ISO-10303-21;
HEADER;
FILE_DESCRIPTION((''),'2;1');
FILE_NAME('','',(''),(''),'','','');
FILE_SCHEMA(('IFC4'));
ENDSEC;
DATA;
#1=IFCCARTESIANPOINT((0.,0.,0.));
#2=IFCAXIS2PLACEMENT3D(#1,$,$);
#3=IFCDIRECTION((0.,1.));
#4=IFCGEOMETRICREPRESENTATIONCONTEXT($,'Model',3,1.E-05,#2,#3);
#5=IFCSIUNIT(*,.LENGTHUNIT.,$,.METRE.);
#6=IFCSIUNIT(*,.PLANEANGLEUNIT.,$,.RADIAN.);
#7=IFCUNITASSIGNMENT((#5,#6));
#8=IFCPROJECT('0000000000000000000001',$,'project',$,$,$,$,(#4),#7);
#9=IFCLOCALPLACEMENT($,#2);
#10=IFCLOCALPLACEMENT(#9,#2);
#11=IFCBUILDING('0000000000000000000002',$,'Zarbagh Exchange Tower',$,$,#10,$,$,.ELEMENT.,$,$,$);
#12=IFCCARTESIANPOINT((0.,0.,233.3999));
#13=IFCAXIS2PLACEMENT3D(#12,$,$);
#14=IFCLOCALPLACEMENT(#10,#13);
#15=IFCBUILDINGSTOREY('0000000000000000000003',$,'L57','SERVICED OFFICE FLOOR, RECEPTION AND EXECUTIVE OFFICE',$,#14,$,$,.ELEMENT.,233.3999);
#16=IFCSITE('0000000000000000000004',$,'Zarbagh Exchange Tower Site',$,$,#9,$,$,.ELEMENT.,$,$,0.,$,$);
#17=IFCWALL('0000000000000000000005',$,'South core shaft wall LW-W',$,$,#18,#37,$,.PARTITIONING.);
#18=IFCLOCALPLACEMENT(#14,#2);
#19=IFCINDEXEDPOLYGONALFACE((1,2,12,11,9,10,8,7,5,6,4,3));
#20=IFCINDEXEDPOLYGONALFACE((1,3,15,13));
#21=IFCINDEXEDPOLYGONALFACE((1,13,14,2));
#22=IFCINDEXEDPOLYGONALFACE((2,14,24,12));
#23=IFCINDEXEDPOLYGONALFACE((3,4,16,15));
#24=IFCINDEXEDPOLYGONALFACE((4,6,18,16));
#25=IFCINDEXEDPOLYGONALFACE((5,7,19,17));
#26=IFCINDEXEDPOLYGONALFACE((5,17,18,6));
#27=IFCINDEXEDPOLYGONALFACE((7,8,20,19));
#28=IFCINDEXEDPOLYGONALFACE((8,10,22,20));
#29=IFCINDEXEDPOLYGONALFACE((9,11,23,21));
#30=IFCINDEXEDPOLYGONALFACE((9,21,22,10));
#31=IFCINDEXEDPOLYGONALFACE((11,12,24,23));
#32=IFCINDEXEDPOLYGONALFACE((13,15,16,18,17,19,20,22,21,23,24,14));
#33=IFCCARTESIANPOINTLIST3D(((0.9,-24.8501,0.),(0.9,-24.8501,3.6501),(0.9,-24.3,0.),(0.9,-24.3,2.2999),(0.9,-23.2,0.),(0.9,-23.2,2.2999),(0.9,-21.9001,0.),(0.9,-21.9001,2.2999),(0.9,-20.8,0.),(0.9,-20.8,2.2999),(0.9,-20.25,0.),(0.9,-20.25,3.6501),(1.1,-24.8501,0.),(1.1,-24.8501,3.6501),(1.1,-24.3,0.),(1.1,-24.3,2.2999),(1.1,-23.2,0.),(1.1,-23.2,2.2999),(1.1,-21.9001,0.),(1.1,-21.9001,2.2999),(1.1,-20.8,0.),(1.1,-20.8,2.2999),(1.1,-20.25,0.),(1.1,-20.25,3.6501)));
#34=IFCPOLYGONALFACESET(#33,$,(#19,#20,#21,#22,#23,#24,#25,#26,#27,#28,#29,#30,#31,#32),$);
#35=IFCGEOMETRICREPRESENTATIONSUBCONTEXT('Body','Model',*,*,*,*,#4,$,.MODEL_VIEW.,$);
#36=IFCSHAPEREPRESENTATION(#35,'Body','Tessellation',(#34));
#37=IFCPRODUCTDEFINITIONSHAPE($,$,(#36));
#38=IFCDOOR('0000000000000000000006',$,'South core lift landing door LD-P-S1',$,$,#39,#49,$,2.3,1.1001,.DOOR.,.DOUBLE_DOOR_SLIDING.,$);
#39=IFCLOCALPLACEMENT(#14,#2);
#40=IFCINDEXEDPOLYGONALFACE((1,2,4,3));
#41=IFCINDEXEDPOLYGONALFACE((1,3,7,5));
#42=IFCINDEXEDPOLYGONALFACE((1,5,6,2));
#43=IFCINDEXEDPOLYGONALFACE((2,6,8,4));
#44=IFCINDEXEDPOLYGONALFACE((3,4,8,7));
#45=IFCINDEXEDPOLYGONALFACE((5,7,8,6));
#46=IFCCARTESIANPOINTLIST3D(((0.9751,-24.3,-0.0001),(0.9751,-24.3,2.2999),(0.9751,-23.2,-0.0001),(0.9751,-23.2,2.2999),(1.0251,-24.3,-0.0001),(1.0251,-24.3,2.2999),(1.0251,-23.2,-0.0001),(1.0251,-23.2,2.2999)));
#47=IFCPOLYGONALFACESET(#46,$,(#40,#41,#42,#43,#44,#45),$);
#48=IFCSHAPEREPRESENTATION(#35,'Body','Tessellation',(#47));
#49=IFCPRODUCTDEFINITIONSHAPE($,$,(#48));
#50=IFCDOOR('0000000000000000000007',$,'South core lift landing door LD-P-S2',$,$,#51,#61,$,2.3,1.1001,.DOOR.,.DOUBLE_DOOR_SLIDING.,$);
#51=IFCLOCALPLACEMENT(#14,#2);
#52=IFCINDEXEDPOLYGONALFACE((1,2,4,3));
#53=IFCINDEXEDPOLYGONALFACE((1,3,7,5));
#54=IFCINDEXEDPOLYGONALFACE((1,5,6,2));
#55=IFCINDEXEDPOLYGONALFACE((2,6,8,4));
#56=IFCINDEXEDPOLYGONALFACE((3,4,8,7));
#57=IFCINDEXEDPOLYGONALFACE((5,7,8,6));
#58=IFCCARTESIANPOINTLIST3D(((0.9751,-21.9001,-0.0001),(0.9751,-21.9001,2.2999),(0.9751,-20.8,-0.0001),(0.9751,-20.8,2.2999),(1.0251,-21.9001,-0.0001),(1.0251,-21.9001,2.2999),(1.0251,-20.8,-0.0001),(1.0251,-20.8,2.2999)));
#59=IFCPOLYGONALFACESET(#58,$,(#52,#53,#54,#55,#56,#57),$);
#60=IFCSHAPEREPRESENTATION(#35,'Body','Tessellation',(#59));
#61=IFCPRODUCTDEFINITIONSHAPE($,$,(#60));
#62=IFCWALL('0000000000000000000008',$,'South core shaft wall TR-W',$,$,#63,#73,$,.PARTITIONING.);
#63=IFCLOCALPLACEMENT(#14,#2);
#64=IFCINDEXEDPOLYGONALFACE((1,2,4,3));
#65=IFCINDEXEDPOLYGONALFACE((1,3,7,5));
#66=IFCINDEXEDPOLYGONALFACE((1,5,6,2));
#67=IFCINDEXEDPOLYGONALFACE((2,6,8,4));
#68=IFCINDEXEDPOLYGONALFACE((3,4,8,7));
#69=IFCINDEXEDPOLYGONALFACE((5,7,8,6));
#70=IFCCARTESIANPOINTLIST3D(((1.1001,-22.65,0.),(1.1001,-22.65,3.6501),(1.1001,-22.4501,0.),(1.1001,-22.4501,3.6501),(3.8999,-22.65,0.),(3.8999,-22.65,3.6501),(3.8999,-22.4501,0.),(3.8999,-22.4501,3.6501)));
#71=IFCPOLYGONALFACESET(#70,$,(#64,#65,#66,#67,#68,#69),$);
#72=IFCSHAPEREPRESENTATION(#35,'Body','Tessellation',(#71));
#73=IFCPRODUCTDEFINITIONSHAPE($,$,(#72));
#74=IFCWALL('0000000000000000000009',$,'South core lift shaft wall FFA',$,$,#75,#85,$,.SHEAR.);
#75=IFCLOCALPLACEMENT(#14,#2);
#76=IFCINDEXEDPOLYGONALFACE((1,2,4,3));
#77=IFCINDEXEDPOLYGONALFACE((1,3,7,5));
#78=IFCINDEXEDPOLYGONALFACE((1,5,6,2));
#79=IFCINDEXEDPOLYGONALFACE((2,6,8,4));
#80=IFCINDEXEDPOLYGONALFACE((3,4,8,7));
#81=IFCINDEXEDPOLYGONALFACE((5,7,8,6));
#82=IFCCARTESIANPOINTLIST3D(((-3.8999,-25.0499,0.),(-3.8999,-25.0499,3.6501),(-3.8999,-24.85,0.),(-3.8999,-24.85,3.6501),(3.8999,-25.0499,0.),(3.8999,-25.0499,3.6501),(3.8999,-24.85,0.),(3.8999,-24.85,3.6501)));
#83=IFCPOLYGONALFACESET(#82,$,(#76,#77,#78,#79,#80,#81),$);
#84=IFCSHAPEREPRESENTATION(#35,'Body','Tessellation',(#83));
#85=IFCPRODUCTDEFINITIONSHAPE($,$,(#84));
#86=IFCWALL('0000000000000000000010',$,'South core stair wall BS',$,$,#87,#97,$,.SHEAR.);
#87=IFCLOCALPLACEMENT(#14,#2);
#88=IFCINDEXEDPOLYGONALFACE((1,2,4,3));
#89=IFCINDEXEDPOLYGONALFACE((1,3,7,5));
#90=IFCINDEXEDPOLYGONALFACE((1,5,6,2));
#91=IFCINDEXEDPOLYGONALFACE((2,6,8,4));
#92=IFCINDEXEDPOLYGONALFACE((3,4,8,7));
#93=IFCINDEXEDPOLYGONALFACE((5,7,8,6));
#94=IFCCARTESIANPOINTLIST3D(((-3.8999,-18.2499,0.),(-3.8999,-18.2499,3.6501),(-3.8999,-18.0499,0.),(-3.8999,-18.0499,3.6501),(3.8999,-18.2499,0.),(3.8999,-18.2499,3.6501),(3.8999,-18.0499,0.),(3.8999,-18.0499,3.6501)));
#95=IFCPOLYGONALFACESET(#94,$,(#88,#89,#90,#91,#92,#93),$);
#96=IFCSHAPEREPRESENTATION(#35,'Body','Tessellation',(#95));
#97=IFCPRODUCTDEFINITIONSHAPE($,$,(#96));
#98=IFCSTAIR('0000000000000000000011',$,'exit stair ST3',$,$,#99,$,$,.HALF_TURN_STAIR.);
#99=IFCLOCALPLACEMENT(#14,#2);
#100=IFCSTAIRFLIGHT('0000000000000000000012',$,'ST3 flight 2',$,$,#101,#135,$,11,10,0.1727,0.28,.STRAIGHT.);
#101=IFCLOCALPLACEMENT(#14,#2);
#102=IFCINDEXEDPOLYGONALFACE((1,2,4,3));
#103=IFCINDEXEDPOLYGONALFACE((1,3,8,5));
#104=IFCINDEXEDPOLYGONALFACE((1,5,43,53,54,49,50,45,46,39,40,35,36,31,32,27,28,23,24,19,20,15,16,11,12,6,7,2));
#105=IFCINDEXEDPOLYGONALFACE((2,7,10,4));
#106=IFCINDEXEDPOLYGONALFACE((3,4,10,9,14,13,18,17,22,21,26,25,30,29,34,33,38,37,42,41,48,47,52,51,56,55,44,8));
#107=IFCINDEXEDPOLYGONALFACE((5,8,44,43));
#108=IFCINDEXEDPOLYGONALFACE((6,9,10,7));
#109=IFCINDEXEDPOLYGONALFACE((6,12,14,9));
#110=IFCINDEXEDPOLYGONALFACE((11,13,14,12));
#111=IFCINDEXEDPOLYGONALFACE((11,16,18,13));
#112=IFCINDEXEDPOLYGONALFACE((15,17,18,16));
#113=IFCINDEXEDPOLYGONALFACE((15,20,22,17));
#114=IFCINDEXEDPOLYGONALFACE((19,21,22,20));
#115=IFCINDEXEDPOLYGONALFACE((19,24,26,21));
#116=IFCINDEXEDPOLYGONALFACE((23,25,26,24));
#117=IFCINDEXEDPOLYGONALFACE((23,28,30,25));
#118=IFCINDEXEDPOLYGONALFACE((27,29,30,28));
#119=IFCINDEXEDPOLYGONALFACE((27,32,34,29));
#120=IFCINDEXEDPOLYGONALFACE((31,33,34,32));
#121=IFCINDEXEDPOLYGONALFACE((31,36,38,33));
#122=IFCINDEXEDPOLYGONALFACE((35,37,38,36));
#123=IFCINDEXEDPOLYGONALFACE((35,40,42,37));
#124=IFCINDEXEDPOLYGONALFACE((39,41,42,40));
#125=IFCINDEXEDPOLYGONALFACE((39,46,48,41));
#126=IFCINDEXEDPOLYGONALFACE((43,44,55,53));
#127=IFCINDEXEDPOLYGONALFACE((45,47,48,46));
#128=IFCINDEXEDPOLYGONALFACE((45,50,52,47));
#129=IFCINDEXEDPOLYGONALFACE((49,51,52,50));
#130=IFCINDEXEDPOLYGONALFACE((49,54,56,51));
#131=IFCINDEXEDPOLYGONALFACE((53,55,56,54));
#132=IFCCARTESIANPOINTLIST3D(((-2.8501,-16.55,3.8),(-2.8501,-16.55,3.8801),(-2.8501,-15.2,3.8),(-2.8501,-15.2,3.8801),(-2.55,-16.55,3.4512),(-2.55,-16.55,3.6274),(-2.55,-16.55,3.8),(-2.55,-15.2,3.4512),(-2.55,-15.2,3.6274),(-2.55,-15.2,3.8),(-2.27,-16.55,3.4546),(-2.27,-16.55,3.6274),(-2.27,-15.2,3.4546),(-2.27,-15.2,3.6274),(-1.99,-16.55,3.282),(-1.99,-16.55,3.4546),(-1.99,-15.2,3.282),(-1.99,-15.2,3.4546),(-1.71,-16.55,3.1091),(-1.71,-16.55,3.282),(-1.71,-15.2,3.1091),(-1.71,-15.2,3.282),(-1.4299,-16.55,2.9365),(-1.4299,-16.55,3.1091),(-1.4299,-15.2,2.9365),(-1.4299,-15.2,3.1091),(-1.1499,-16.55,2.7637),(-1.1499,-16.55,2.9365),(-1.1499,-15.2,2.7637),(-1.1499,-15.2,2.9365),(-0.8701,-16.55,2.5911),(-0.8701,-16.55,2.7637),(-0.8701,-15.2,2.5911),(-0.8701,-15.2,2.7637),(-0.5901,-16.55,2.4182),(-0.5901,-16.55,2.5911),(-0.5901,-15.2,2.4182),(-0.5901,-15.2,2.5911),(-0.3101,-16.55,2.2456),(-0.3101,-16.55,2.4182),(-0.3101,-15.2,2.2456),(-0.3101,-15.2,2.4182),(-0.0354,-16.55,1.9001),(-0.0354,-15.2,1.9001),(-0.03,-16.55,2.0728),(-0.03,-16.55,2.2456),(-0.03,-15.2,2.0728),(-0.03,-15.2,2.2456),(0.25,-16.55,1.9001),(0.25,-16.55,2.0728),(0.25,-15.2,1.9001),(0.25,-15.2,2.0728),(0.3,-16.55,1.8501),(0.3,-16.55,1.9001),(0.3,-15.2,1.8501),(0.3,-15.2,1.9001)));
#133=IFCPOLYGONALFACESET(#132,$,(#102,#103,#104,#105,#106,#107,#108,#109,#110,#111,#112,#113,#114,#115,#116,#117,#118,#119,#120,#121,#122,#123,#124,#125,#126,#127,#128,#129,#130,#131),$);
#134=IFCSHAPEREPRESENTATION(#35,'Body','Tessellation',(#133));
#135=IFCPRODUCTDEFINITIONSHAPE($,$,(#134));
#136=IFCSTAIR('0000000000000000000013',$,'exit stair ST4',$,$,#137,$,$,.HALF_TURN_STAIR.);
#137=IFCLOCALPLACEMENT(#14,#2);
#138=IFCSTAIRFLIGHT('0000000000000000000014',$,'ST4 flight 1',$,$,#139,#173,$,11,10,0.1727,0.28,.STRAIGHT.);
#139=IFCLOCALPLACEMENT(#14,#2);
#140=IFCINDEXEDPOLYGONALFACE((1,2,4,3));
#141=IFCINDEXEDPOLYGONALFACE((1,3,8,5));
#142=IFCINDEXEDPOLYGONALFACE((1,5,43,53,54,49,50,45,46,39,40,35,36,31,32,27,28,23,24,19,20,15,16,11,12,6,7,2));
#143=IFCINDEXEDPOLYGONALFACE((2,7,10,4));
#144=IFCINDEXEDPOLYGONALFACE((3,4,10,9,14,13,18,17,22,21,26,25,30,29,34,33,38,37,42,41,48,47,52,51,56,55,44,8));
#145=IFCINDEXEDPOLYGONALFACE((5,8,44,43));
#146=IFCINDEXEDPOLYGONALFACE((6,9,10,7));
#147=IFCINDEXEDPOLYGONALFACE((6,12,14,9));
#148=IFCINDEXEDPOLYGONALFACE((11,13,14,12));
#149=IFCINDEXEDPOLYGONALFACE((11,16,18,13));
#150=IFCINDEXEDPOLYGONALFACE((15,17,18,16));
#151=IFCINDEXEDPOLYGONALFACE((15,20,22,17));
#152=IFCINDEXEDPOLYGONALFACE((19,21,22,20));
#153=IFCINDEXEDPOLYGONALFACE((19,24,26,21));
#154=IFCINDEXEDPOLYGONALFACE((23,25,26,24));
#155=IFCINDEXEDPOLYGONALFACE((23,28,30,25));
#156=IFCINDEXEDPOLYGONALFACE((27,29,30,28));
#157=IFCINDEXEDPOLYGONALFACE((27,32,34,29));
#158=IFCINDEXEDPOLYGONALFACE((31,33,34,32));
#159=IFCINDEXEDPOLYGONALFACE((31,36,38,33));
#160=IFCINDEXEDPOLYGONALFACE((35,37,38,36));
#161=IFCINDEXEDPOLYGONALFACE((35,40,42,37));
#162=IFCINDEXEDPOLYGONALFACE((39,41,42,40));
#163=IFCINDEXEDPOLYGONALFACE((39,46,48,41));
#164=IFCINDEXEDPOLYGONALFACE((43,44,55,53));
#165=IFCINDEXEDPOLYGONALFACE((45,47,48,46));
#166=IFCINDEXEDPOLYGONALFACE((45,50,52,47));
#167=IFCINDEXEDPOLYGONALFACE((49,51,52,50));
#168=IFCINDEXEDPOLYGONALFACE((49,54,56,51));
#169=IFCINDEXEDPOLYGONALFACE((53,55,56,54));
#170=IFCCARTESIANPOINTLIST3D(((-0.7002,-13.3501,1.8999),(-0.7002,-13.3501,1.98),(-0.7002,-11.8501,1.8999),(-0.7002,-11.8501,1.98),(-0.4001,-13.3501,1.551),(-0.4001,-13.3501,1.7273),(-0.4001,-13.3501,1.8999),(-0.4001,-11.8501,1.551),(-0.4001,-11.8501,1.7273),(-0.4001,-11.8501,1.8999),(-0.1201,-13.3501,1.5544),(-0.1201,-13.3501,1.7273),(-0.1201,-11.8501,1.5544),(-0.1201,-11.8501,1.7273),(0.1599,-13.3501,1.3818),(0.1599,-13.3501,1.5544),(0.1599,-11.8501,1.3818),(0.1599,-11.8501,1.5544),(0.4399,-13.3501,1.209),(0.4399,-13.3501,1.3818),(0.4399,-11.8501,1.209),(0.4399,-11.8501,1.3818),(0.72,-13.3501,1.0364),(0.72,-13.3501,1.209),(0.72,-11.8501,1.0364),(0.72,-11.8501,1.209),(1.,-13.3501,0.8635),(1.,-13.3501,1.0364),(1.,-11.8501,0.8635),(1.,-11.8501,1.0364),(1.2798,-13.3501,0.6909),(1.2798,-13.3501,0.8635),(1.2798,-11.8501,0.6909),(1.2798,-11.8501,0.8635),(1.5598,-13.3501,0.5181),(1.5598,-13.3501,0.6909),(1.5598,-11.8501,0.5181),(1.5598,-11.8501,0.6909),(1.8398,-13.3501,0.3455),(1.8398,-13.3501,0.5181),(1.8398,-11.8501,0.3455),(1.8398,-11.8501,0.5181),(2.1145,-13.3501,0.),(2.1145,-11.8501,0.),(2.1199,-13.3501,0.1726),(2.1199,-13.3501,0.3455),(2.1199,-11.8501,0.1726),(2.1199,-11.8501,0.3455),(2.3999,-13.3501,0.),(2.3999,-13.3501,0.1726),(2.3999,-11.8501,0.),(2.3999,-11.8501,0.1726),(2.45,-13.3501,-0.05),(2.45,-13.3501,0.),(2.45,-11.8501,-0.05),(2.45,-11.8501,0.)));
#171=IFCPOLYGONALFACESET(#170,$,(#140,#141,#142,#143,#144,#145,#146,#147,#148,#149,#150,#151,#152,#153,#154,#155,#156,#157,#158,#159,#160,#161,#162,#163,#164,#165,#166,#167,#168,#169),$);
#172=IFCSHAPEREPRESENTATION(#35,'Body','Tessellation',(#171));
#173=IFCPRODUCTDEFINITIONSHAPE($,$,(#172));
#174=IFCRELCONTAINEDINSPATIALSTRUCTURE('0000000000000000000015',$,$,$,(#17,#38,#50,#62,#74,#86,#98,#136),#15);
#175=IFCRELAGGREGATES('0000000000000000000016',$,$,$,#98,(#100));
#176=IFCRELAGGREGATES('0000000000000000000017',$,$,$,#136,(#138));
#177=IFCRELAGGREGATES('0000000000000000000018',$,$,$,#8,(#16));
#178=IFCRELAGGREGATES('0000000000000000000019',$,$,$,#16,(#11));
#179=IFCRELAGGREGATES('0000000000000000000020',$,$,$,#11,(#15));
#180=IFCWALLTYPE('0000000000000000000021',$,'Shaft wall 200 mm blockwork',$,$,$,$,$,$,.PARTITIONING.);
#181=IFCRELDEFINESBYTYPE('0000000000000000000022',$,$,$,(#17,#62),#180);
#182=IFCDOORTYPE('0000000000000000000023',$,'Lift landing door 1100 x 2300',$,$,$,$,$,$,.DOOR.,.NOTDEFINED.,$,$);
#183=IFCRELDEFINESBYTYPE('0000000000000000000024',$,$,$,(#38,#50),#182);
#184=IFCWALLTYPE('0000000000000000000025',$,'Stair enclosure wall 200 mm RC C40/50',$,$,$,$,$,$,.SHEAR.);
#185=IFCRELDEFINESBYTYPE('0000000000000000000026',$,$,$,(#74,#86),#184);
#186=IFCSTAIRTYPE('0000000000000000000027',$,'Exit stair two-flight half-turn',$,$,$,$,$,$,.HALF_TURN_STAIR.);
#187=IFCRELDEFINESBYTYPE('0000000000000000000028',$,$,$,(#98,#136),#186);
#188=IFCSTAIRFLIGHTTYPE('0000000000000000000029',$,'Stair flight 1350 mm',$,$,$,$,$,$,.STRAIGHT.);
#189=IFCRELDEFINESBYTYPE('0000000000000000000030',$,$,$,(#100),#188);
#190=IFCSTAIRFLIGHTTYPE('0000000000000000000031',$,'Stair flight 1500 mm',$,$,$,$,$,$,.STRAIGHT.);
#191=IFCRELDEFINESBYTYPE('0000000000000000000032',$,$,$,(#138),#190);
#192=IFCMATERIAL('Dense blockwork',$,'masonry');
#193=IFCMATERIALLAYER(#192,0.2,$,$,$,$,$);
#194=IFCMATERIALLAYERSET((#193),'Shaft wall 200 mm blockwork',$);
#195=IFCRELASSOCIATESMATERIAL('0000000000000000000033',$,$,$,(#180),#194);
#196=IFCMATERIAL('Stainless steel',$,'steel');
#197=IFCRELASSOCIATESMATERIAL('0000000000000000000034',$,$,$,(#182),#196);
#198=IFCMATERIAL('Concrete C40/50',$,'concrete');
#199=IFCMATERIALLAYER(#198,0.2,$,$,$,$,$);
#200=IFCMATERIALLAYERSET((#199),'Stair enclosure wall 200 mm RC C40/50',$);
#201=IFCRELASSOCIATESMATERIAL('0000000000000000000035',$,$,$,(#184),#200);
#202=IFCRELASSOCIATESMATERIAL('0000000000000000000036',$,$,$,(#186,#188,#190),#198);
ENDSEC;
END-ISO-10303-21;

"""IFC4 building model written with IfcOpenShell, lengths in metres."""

from ifc_helpers import new_model, si_unit, direction, frame, frame_2d, origin, place, context, subcontext, project, spatial, polyline, rectangle, outline, extrude, material, layer, layer_set, type_object, element, fill, aggregate, save


model = new_model("IFC4")

# Units and contexts
model_context = context("Model", 3, precision=1e-05, world=origin(), true_north=direction((0.0, 1.0)))
body_context = subcontext(model_context, "Body", "Model", "MODEL_VIEW")
ifc_project = project(units=[si_unit("LENGTHUNIT", "METRE"), si_unit("PLANEANGLEUNIT", "RADIAN")], contexts=[model_context])

# Site, building, storey
site_placement = place(None, origin())
site = spatial("IfcSite", under=ifc_project, at=site_placement, Name="Zarbagh Exchange Tower Site", CompositionType="ELEMENT", RefElevation=0.0)
building_placement = place(site_placement, origin())
building = spatial("IfcBuilding", under=site, at=building_placement, Name="Zarbagh Exchange Tower", CompositionType="ELEMENT")
storey_placement = place(building_placement, frame((0.0, 0.0, 233.3999)))
storey = spatial("IfcBuildingStorey", under=building, at=storey_placement, Name="L57", Description="SERVICED OFFICE FLOOR, RECEPTION AND EXECUTIVE OFFICE", CompositionType="ELEMENT", Elevation=233.3999)

# Shared definitions
ifc_material_1 = material(Name="Dense blockwork", Category="masonry")
ifc_layer_1 = layer(ifc_material_1, 0.2)
ifc_layer_set_1 = layer_set([ifc_layer_1], Name="Shaft wall 200 mm blockwork")
wall_type_1 = type_object("IfcWallType", Name="Shaft wall 200 mm blockwork", PredefinedType="PARTITIONING", material=ifc_layer_set_1)

# Wall, openings, doors
wall_1_placement = place(storey_placement, frame((1.0, -24.8501, 0.0), z_axis=(0.0, 0.0, 1.0), x_axis=(0.0, 1.0, 0.0)))
wall_1 = element("IfcWall", 1, at=wall_1_placement, inside=storey, type_object=wall_type_1, Name="South core shaft wall LW-W", PredefinedType="PARTITIONING", context=body_context, shape_type="SweptSolid", body=[
    extrude(rectangle(XDim=4.6001, YDim=0.2, at=frame_2d((2.3, 0.0))), origin(), (0.0, 0.0, 1.0), 3.6501),
])
opening_1_placement = place(wall_1_placement, frame((0.55, 0.0, 0.0)))
opening_1 = element("IfcOpeningElement", 2, at=opening_1_placement, cuts=wall_1, PredefinedType="OPENING", context=body_context, shape_type="SweptSolid", body=[
    extrude(rectangle(XDim=1.1001, YDim=2.3, at=frame_2d((0.55, 1.1499))), frame((0.0, 0.1099, 0.0), z_axis=(0.0, -1.0, 0.0), x_axis=(1.0, 0.0, 0.0)), (0.0, 0.0, 1.0), 0.22),
])
opening_2_placement = place(wall_1_placement, frame((2.95, 0.0, 0.0)))
opening_2 = element("IfcOpeningElement", 3, at=opening_2_placement, cuts=wall_1, PredefinedType="OPENING", context=body_context, shape_type="SweptSolid", body=[
    extrude(rectangle(XDim=1.1001, YDim=2.3, at=frame_2d((0.55, 1.1499))), frame((0.0, 0.1099, 0.0), z_axis=(0.0, -1.0, 0.0), x_axis=(1.0, 0.0, 0.0)), (0.0, 0.0, 1.0), 0.22),
])
ifc_material_2 = material(Name="Stainless steel", Category="steel")
door_type = type_object("IfcDoorType", Name="Lift landing door 1100 x 2300", OperationType="NOTDEFINED", PredefinedType="DOOR", material=ifc_material_2)
door_1_placement = place(opening_1_placement, origin())
door_1 = element("IfcDoor", 4, at=door_1_placement, inside=storey, type_object=door_type, Name="South core lift landing door LD-P-S1", OperationType="DOUBLE_DOOR_SLIDING", OverallHeight=2.3, OverallWidth=1.1001, PredefinedType="DOOR", context=body_context, shape_type="SweptSolid", body=[
    extrude(rectangle(XDim=1.1001, YDim=2.3, at=frame_2d((0.55, 1.1499))), frame((0.0, 0.0249, 0.0), z_axis=(0.0, -1.0, 0.0), x_axis=(1.0, 0.0, 0.0)), (0.0, 0.0, 1.0), 0.05),
])
fill(opening_1, door_1)
door_2_placement = place(opening_2_placement, origin())
door_2 = element("IfcDoor", 5, at=door_2_placement, inside=storey, type_object=door_type, Name="South core lift landing door LD-P-S2", OperationType="DOUBLE_DOOR_SLIDING", OverallHeight=2.3, OverallWidth=1.1001, PredefinedType="DOOR", context=body_context, shape_type="SweptSolid", body=[
    extrude(rectangle(XDim=1.1001, YDim=2.3, at=frame_2d((0.55, 1.1499))), frame((0.0, 0.0249, 0.0), z_axis=(0.0, -1.0, 0.0), x_axis=(1.0, 0.0, 0.0)), (0.0, 0.0, 1.0), 0.05),
])
fill(opening_2, door_2)

# Walls
wall_2_placement = place(storey_placement, frame((3.8999, -22.55, 0.0), z_axis=(0.0, 0.0, 1.0), x_axis=(-1.0, 0.0, 0.0)))
element("IfcWall", 6, at=wall_2_placement, inside=storey, type_object=wall_type_1, Name="South core shaft wall TR-W", PredefinedType="PARTITIONING", context=body_context, shape_type="SweptSolid", body=[
    extrude(rectangle(XDim=2.7998, YDim=0.2, at=frame_2d((1.3999, 0.0))), origin(), (0.0, 0.0, 1.0), 3.6501),
])
ifc_material_3 = material(Name="Concrete C40/50", Category="concrete")
ifc_layer_2 = layer(ifc_material_3, 0.2)
ifc_layer_set_2 = layer_set([ifc_layer_2], Name="Stair enclosure wall 200 mm RC C40/50")
wall_type_2 = type_object("IfcWallType", Name="Stair enclosure wall 200 mm RC C40/50", PredefinedType="SHEAR", material=ifc_layer_set_2)
for number, where, z_axis, x_axis, name in (
    (7, (3.8999, -24.95, 0.0), (0.0, 0.0, 1.0), (-1.0, 0.0, 0.0), "South core lift shaft wall FFA"),
    (8, (3.8999, -18.1499, 0.0), (0.0, 0.0, 1.0), (-1.0, 0.0, 0.0), "South core stair wall BS"),
):
    element("IfcWall", number, at=place(storey_placement, frame(where, z_axis=z_axis, x_axis=x_axis)), inside=storey, type_object=wall_type_2, Name=name, PredefinedType="SHEAR", context=body_context, shape_type="SweptSolid", body=[
        extrude(rectangle(XDim=7.7998, YDim=0.2, at=frame_2d((3.8999, 0.0))), origin(), (0.0, 0.0, 1.0), 3.6501),
    ])

# Stairs, stair flights
stair_type = type_object("IfcStairType", Name="Exit stair two-flight half-turn", PredefinedType="HALF_TURN_STAIR", material=ifc_material_3)
stair_1_placement = place(storey_placement, origin())
stair_1 = element("IfcStair", 9, at=stair_1_placement, inside=storey, type_object=stair_type, Name="exit stair ST3", PredefinedType="HALF_TURN_STAIR")
stair_flight_type_1 = type_object("IfcStairFlightType", Name="Stair flight 1350 mm", PredefinedType="STRAIGHT", material=ifc_material_3)
stair_flight_1_placement = place(storey_placement, frame((0.25, -15.875, 1.9001), z_axis=(0.0, 0.0, 1.0), x_axis=(-1.0, 0.0, 0.0)))
stair_flight_1 = element("IfcStairFlight", 10, at=stair_flight_1_placement, type_object=stair_flight_type_1, Name="ST3 flight 2", NumberOfRisers=11, NumberOfTreads=10, PredefinedType="STRAIGHT", RiserHeight=0.1727, TreadLength=0.28, context=body_context, shape_type="SweptSolid", body=[
    extrude(outline(polyline([(-0.05, -0.05), (-0.05, 0.0), (0.0, 0.0), (0.0, 0.1726), (0.28, 0.1726), (0.28, 0.3455), (0.5601, 0.3455), (0.5601, 0.5181), (0.8401, 0.5181), (0.8401, 0.6909), (1.1201, 0.6909), (1.1201, 0.8635), (1.3999, 0.8635), (1.3999, 1.0364), (1.6799, 1.0364), (1.6799, 1.209), (1.96, 1.209), (1.96, 1.3818), (2.24, 1.3818), (2.24, 1.5544), (2.52, 1.5544), (2.52, 1.7273), (2.8, 1.7273), (2.8, 1.8999), (3.1001, 1.98), (3.1001, 1.8999), (2.8, 1.551), (0.2854, 0.0), (-0.05, -0.05)])), frame((0.0, 0.675, 0.0), z_axis=(0.0, -1.0, 0.0), x_axis=(1.0, 0.0, 0.0)), (0.0, 0.0, 1.0), 1.3501),
])
aggregate(stair_1, [stair_flight_1])
stair_2_placement = place(storey_placement, origin())
stair_2 = element("IfcStair", 11, at=stair_2_placement, inside=storey, type_object=stair_type, Name="exit stair ST4", PredefinedType="HALF_TURN_STAIR")
stair_flight_type_2 = type_object("IfcStairFlightType", Name="Stair flight 1500 mm", PredefinedType="STRAIGHT", material=ifc_material_3)
stair_flight_2_placement = place(storey_placement, frame((2.3999, -12.6001, 0.0), z_axis=(0.0, 0.0, 1.0), x_axis=(-1.0, 0.0, 0.0)))
stair_flight_2 = element("IfcStairFlight", 12, at=stair_flight_2_placement, type_object=stair_flight_type_2, Name="ST4 flight 1", NumberOfRisers=11, NumberOfTreads=10, PredefinedType="STRAIGHT", RiserHeight=0.1727, TreadLength=0.28, context=body_context, shape_type="SweptSolid", body=[
    extrude(outline(polyline([(-0.05, -0.05), (-0.05, 0.0), (0.0, 0.0), (0.0, 0.1726), (0.28, 0.1726), (0.28, 0.3455), (0.5601, 0.3455), (0.5601, 0.5181), (0.8401, 0.5181), (0.8401, 0.6909), (1.1201, 0.6909), (1.1201, 0.8635), (1.3999, 0.8635), (1.3999, 1.0364), (1.6799, 1.0364), (1.6799, 1.209), (1.96, 1.209), (1.96, 1.3818), (2.24, 1.3818), (2.24, 1.5544), (2.52, 1.5544), (2.52, 1.7273), (2.8, 1.7273), (2.8, 1.8999), (3.1001, 1.98), (3.1001, 1.8999), (2.8, 1.551), (0.2854, 0.0), (-0.05, -0.05)])), frame((0.0, 0.75, 0.0), z_axis=(0.0, -1.0, 0.0), x_axis=(1.0, 0.0, 0.0)), (0.0, 0.0, 1.0), 1.5),
])
aggregate(stair_2, [stair_flight_2])

save(model, "model.ifc")
